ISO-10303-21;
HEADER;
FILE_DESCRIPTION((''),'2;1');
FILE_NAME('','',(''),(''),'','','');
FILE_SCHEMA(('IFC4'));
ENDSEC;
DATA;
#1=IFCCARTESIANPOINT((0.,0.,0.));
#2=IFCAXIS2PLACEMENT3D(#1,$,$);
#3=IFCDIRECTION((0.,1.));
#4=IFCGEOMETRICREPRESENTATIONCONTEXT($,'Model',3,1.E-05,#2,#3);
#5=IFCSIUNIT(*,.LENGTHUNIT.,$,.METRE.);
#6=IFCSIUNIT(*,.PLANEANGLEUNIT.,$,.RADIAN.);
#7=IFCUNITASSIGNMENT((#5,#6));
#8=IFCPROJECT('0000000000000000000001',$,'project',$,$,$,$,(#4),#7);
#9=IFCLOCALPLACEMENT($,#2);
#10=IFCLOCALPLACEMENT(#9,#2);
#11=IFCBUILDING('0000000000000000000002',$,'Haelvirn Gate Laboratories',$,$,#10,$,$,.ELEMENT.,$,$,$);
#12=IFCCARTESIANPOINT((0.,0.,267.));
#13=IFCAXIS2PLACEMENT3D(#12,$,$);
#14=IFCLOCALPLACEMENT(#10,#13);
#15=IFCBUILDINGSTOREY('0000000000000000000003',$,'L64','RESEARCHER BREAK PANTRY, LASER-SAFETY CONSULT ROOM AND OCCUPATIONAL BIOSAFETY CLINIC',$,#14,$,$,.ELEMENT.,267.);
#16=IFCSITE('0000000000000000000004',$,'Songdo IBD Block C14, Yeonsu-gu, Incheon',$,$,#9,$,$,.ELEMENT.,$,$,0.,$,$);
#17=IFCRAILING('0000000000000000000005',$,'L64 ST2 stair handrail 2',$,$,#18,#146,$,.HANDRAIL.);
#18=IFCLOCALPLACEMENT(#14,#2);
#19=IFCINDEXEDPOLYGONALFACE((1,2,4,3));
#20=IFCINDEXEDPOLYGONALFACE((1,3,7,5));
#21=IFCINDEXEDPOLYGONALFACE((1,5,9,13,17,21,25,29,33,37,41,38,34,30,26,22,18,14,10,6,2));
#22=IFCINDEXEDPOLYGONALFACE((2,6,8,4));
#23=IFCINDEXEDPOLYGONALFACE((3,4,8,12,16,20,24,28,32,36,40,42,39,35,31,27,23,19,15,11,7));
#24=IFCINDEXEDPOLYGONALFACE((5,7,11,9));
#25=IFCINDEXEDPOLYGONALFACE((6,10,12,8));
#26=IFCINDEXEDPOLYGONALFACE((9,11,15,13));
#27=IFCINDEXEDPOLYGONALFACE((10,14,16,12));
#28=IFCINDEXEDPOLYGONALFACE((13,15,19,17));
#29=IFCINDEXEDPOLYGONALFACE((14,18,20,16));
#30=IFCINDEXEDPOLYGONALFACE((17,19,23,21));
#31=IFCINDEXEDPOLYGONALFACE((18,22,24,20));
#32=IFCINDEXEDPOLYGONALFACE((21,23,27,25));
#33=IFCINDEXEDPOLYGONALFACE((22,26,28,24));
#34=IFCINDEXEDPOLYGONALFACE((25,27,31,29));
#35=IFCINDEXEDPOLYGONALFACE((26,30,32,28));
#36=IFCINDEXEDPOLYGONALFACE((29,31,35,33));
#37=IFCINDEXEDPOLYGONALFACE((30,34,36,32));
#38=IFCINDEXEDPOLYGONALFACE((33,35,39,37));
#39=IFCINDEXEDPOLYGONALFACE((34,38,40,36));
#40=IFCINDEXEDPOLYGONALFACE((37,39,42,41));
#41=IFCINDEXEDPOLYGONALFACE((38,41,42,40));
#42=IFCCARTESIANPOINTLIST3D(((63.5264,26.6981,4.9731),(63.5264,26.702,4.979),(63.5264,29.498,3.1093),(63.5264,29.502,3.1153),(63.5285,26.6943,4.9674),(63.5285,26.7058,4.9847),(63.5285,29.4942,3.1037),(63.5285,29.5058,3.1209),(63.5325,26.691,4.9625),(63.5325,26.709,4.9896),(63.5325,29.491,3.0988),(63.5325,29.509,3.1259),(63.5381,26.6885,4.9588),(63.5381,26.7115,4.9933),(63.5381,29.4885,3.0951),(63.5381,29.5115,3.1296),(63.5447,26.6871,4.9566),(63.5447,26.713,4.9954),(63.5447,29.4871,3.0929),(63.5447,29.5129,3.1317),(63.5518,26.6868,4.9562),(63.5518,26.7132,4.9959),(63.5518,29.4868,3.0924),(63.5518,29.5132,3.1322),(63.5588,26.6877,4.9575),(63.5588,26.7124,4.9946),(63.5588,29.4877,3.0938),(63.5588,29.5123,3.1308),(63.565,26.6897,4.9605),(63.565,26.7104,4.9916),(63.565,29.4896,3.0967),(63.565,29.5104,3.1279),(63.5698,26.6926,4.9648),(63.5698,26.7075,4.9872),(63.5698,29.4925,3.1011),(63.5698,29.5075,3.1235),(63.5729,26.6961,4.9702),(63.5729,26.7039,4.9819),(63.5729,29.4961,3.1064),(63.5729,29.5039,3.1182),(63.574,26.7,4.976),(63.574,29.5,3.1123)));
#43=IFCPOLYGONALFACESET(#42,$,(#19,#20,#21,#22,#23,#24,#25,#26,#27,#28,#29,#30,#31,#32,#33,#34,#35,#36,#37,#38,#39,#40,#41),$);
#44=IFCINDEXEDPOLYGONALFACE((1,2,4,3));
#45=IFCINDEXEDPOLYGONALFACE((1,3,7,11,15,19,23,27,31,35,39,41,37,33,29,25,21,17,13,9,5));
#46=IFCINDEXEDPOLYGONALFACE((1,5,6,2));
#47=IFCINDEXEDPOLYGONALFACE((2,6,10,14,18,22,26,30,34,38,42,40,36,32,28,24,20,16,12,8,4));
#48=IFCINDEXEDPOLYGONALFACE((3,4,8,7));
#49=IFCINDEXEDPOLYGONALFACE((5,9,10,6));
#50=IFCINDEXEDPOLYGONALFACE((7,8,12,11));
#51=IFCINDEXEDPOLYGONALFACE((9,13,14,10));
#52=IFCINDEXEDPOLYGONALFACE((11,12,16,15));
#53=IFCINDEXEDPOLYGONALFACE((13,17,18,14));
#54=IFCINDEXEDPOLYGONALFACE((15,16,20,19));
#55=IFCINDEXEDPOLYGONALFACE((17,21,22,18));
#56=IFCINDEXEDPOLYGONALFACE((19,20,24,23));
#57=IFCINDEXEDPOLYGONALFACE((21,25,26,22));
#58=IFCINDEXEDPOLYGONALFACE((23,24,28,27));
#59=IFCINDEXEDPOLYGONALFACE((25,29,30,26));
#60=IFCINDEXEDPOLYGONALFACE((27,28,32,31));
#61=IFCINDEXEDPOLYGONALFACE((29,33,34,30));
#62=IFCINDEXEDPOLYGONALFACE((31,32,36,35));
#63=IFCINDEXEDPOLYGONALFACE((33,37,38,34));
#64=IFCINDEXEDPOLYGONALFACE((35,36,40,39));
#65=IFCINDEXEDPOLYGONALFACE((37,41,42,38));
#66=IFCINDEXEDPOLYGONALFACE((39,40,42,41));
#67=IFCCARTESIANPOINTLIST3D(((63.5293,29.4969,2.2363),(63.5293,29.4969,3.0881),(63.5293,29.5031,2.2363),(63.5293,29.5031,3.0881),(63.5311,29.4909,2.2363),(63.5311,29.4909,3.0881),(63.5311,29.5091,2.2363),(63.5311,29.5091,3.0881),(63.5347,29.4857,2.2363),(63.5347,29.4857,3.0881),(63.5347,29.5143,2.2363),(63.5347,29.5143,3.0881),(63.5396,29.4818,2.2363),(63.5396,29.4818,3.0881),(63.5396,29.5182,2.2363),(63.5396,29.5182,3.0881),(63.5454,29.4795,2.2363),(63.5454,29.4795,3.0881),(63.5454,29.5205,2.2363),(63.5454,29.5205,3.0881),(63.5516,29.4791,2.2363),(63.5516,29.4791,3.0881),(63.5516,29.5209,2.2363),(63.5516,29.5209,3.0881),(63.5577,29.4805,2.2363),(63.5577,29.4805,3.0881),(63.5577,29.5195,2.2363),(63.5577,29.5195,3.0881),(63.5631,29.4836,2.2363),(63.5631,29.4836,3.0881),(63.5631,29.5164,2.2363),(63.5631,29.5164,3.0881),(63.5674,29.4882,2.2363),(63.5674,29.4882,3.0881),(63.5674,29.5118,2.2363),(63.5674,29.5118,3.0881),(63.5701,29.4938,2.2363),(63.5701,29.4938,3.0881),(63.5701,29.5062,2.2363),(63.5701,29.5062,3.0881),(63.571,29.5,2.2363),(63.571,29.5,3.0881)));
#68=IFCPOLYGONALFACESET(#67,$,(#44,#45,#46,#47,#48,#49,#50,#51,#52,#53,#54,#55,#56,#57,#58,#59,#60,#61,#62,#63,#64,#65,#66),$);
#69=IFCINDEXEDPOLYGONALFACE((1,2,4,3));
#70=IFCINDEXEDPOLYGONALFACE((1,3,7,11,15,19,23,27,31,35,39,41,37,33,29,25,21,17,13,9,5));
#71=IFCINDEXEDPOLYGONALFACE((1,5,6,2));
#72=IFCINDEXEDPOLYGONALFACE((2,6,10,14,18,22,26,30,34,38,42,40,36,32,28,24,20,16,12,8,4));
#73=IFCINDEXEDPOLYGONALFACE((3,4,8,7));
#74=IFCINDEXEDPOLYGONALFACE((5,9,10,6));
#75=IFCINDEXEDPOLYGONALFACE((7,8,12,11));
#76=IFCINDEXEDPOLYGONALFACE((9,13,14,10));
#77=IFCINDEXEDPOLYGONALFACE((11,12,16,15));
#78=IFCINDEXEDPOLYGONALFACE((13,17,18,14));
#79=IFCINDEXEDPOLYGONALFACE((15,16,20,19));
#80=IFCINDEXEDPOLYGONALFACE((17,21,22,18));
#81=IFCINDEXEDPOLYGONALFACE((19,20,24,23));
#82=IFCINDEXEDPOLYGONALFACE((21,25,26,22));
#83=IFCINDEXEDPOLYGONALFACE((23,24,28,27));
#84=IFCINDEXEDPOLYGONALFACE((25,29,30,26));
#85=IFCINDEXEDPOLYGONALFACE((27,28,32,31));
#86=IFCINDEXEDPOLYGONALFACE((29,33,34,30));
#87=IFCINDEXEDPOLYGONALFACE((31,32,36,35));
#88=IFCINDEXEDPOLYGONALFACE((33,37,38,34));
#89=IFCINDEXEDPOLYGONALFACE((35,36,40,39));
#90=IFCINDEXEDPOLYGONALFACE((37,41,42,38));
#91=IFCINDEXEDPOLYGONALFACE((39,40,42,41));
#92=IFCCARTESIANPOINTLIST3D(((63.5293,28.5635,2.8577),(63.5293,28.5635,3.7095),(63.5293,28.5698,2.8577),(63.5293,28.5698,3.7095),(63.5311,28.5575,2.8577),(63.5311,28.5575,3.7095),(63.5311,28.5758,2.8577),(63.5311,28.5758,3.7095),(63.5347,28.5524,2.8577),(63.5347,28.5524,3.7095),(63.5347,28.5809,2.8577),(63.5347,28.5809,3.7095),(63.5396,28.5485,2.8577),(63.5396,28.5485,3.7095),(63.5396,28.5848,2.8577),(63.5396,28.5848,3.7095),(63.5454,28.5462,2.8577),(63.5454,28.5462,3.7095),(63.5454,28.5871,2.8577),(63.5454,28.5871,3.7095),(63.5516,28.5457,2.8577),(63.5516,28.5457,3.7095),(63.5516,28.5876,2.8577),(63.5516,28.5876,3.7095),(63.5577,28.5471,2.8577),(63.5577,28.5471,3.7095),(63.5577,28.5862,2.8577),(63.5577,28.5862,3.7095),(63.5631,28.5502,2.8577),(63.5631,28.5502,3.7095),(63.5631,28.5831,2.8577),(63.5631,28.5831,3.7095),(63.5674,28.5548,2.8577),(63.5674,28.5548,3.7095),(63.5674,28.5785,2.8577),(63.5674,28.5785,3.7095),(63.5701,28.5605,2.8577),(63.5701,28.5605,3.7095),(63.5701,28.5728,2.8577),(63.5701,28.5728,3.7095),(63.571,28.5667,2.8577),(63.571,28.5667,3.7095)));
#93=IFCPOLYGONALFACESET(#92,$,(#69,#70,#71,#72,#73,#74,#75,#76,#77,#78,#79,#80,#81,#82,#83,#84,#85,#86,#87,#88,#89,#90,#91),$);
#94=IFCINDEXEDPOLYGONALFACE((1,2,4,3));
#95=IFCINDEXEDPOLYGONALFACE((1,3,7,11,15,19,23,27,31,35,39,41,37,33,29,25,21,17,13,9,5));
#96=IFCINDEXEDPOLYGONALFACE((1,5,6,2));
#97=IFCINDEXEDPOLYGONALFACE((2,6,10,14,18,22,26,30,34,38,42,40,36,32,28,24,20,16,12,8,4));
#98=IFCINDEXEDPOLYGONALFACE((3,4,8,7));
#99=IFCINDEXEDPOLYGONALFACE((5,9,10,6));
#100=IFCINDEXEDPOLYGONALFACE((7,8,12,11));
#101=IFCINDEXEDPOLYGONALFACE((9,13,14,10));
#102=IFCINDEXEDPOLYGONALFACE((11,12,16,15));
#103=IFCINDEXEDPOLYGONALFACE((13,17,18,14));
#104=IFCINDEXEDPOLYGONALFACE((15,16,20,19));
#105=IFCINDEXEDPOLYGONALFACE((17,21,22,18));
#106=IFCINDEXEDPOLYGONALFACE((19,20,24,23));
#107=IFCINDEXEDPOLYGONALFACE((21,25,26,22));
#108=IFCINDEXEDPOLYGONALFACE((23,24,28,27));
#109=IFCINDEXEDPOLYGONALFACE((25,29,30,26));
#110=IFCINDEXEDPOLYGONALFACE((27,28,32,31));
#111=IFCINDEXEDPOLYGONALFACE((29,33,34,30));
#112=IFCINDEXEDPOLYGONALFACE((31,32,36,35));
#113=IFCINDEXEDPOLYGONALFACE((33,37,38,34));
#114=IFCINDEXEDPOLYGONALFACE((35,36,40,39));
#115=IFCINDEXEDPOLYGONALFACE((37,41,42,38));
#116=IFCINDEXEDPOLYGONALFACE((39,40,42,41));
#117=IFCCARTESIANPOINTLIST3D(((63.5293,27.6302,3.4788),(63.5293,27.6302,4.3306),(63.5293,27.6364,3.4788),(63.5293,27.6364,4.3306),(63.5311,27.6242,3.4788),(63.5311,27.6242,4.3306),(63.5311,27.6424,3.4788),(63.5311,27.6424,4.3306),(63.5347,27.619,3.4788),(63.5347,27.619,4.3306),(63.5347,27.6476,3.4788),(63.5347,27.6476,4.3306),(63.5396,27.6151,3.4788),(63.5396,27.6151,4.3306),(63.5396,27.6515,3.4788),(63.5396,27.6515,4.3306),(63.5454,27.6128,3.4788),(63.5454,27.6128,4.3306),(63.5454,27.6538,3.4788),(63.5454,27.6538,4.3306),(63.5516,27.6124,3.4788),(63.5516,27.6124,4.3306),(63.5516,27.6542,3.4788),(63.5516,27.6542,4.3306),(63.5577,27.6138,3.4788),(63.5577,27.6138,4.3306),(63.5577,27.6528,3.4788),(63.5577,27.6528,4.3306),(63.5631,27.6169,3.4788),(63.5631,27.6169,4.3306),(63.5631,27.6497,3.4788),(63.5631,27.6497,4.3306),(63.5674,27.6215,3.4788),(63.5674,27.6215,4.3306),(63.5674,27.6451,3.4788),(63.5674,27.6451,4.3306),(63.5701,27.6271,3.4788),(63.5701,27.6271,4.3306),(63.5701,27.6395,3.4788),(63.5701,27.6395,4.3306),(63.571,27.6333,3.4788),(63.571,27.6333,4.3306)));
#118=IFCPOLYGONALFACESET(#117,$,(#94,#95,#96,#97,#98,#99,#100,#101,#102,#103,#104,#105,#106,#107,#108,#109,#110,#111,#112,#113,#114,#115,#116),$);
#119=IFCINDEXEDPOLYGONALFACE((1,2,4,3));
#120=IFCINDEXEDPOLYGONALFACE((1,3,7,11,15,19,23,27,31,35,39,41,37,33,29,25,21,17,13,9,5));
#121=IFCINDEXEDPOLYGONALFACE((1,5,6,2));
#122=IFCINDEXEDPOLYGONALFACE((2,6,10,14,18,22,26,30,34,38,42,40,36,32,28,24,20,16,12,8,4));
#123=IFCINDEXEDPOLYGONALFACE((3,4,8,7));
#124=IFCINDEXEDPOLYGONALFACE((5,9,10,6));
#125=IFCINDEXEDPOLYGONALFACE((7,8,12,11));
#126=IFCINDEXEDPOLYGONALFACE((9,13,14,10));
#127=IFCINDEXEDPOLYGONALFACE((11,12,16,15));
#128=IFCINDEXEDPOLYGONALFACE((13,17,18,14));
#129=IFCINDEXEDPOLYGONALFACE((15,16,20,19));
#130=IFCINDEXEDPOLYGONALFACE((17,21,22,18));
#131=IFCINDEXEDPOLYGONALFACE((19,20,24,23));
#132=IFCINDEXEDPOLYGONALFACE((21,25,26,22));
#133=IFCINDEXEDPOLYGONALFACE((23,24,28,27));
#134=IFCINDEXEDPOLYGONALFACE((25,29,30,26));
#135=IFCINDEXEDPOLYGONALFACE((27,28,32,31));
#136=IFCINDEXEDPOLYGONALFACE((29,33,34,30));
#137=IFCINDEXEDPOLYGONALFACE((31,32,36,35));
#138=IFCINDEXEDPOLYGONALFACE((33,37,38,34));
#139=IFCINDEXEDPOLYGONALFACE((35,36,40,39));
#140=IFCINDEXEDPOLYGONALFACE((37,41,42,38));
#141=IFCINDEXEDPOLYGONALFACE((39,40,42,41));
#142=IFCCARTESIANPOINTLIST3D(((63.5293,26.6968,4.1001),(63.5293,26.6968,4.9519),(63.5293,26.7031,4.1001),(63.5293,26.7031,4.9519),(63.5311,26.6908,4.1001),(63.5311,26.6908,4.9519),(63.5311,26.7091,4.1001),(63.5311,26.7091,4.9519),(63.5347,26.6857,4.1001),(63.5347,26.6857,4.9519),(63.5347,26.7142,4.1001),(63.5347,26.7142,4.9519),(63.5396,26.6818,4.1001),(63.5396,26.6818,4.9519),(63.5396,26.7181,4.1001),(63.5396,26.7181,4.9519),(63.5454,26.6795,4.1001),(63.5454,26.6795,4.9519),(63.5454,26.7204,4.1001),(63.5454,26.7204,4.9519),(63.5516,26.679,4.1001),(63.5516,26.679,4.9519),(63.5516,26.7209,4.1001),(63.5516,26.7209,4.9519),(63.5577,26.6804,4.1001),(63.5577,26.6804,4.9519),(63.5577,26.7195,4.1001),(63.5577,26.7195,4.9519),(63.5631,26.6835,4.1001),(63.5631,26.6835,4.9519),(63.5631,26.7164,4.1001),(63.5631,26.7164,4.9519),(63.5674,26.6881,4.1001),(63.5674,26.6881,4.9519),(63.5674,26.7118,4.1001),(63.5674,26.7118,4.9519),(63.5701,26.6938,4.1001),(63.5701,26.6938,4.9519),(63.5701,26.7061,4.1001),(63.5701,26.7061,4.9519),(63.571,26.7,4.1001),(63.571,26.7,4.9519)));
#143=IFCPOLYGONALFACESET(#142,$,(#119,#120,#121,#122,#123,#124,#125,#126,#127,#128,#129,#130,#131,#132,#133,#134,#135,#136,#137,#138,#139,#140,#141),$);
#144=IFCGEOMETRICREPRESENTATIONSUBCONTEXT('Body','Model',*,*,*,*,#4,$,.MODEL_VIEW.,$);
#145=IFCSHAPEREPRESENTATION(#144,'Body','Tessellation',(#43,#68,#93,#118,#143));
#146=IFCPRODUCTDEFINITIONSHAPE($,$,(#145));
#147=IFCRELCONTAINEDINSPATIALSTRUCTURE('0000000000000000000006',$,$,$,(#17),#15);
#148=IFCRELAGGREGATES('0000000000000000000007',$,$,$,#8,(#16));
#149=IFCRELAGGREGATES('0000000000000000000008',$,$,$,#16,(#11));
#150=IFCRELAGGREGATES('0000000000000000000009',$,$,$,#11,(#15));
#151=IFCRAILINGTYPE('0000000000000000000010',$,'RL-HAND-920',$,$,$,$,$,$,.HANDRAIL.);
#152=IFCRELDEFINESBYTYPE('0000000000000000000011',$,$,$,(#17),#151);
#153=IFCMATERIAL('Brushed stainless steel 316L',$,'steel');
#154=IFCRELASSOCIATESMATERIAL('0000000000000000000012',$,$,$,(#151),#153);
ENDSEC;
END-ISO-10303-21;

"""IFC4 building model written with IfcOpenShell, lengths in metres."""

from ifc_helpers import new_model, si_unit, direction, frame, origin, origin_2d, place, context, subcontext, project, spatial, circle, extrude, source, transform, mapped, material, type_object, element, save


model = new_model("IFC4")

# Units and contexts
model_context = context("Model", 3, precision=1e-05, world=origin(), true_north=direction((0.0, 1.0)))
body_context = subcontext(model_context, "Body", "Model", "MODEL_VIEW")
ifc_project = project(units=[si_unit("LENGTHUNIT", "METRE"), si_unit("PLANEANGLEUNIT", "RADIAN")], contexts=[model_context])

# Site, building, storey
site_placement = place(None, origin())
site = spatial("IfcSite", under=ifc_project, at=site_placement, Name="Songdo IBD Block C14, Yeonsu-gu, Incheon", CompositionType="ELEMENT", RefElevation=0.0)
building_placement = place(site_placement, origin())
building = spatial("IfcBuilding", under=site, at=building_placement, Name="Haelvirn Gate Laboratories", CompositionType="ELEMENT")
storey_placement = place(building_placement, frame((0.0, 0.0, 267.0)))
storey = spatial("IfcBuildingStorey", under=building, at=storey_placement, Name="L64", Description="RESEARCHER BREAK PANTRY, LASER-SAFETY CONSULT ROOM AND OCCUPATIONAL BIOSAFETY CLINIC", CompositionType="ELEMENT", Elevation=267.0)

# Railing
ifc_material_1 = material(Name="Brushed stainless steel 316L", Category="steel")
railing_type_1 = type_object("IfcRailingType", Name="RL-HAND-920", PredefinedType="HANDRAIL", material=ifc_material_1)
shared_shape_1 = source(origin(), body_context, "Body", "SweptSolid", [
    extrude(circle(Radius=0.0239, at=origin_2d()), frame((0.0, 0.0, 0.876), z_axis=(0.0, -0.832452, 0.554097), x_axis=(1.0, 0.0, 0.0)), (0.0, 0.0, 1.0), 3.3635),
    extrude(circle(Radius=0.021, at=origin_2d()), origin(), (0.0, 0.0, 1.0), 0.8518),
    extrude(circle(Radius=0.021, at=origin_2d()), frame((0.0, -0.9333, 0.6213)), (0.0, 0.0, 1.0), 0.8518),
    extrude(circle(Radius=0.021, at=origin_2d()), frame((0.0, -1.8667, 1.2424)), (0.0, 0.0, 1.0), 0.8518),
    extrude(circle(Radius=0.021, at=origin_2d()), frame((0.0, -2.8, 1.8638)), (0.0, 0.0, 1.0), 0.8518),
])
railing_1_placement = place(storey_placement, frame((63.55, 29.5, 2.2363)))
element("IfcRailing", 1, at=railing_1_placement, inside=storey, type_object=railing_type_1, Name="L64 ST2 stair handrail 2", PredefinedType="HANDRAIL", context=body_context, shape_type="MappedRepresentation", body=[
    mapped(shared_shape_1, transform((0.0, 0.0, 0.0), scale=1.0)),
])

save(model, "model.ifc")
